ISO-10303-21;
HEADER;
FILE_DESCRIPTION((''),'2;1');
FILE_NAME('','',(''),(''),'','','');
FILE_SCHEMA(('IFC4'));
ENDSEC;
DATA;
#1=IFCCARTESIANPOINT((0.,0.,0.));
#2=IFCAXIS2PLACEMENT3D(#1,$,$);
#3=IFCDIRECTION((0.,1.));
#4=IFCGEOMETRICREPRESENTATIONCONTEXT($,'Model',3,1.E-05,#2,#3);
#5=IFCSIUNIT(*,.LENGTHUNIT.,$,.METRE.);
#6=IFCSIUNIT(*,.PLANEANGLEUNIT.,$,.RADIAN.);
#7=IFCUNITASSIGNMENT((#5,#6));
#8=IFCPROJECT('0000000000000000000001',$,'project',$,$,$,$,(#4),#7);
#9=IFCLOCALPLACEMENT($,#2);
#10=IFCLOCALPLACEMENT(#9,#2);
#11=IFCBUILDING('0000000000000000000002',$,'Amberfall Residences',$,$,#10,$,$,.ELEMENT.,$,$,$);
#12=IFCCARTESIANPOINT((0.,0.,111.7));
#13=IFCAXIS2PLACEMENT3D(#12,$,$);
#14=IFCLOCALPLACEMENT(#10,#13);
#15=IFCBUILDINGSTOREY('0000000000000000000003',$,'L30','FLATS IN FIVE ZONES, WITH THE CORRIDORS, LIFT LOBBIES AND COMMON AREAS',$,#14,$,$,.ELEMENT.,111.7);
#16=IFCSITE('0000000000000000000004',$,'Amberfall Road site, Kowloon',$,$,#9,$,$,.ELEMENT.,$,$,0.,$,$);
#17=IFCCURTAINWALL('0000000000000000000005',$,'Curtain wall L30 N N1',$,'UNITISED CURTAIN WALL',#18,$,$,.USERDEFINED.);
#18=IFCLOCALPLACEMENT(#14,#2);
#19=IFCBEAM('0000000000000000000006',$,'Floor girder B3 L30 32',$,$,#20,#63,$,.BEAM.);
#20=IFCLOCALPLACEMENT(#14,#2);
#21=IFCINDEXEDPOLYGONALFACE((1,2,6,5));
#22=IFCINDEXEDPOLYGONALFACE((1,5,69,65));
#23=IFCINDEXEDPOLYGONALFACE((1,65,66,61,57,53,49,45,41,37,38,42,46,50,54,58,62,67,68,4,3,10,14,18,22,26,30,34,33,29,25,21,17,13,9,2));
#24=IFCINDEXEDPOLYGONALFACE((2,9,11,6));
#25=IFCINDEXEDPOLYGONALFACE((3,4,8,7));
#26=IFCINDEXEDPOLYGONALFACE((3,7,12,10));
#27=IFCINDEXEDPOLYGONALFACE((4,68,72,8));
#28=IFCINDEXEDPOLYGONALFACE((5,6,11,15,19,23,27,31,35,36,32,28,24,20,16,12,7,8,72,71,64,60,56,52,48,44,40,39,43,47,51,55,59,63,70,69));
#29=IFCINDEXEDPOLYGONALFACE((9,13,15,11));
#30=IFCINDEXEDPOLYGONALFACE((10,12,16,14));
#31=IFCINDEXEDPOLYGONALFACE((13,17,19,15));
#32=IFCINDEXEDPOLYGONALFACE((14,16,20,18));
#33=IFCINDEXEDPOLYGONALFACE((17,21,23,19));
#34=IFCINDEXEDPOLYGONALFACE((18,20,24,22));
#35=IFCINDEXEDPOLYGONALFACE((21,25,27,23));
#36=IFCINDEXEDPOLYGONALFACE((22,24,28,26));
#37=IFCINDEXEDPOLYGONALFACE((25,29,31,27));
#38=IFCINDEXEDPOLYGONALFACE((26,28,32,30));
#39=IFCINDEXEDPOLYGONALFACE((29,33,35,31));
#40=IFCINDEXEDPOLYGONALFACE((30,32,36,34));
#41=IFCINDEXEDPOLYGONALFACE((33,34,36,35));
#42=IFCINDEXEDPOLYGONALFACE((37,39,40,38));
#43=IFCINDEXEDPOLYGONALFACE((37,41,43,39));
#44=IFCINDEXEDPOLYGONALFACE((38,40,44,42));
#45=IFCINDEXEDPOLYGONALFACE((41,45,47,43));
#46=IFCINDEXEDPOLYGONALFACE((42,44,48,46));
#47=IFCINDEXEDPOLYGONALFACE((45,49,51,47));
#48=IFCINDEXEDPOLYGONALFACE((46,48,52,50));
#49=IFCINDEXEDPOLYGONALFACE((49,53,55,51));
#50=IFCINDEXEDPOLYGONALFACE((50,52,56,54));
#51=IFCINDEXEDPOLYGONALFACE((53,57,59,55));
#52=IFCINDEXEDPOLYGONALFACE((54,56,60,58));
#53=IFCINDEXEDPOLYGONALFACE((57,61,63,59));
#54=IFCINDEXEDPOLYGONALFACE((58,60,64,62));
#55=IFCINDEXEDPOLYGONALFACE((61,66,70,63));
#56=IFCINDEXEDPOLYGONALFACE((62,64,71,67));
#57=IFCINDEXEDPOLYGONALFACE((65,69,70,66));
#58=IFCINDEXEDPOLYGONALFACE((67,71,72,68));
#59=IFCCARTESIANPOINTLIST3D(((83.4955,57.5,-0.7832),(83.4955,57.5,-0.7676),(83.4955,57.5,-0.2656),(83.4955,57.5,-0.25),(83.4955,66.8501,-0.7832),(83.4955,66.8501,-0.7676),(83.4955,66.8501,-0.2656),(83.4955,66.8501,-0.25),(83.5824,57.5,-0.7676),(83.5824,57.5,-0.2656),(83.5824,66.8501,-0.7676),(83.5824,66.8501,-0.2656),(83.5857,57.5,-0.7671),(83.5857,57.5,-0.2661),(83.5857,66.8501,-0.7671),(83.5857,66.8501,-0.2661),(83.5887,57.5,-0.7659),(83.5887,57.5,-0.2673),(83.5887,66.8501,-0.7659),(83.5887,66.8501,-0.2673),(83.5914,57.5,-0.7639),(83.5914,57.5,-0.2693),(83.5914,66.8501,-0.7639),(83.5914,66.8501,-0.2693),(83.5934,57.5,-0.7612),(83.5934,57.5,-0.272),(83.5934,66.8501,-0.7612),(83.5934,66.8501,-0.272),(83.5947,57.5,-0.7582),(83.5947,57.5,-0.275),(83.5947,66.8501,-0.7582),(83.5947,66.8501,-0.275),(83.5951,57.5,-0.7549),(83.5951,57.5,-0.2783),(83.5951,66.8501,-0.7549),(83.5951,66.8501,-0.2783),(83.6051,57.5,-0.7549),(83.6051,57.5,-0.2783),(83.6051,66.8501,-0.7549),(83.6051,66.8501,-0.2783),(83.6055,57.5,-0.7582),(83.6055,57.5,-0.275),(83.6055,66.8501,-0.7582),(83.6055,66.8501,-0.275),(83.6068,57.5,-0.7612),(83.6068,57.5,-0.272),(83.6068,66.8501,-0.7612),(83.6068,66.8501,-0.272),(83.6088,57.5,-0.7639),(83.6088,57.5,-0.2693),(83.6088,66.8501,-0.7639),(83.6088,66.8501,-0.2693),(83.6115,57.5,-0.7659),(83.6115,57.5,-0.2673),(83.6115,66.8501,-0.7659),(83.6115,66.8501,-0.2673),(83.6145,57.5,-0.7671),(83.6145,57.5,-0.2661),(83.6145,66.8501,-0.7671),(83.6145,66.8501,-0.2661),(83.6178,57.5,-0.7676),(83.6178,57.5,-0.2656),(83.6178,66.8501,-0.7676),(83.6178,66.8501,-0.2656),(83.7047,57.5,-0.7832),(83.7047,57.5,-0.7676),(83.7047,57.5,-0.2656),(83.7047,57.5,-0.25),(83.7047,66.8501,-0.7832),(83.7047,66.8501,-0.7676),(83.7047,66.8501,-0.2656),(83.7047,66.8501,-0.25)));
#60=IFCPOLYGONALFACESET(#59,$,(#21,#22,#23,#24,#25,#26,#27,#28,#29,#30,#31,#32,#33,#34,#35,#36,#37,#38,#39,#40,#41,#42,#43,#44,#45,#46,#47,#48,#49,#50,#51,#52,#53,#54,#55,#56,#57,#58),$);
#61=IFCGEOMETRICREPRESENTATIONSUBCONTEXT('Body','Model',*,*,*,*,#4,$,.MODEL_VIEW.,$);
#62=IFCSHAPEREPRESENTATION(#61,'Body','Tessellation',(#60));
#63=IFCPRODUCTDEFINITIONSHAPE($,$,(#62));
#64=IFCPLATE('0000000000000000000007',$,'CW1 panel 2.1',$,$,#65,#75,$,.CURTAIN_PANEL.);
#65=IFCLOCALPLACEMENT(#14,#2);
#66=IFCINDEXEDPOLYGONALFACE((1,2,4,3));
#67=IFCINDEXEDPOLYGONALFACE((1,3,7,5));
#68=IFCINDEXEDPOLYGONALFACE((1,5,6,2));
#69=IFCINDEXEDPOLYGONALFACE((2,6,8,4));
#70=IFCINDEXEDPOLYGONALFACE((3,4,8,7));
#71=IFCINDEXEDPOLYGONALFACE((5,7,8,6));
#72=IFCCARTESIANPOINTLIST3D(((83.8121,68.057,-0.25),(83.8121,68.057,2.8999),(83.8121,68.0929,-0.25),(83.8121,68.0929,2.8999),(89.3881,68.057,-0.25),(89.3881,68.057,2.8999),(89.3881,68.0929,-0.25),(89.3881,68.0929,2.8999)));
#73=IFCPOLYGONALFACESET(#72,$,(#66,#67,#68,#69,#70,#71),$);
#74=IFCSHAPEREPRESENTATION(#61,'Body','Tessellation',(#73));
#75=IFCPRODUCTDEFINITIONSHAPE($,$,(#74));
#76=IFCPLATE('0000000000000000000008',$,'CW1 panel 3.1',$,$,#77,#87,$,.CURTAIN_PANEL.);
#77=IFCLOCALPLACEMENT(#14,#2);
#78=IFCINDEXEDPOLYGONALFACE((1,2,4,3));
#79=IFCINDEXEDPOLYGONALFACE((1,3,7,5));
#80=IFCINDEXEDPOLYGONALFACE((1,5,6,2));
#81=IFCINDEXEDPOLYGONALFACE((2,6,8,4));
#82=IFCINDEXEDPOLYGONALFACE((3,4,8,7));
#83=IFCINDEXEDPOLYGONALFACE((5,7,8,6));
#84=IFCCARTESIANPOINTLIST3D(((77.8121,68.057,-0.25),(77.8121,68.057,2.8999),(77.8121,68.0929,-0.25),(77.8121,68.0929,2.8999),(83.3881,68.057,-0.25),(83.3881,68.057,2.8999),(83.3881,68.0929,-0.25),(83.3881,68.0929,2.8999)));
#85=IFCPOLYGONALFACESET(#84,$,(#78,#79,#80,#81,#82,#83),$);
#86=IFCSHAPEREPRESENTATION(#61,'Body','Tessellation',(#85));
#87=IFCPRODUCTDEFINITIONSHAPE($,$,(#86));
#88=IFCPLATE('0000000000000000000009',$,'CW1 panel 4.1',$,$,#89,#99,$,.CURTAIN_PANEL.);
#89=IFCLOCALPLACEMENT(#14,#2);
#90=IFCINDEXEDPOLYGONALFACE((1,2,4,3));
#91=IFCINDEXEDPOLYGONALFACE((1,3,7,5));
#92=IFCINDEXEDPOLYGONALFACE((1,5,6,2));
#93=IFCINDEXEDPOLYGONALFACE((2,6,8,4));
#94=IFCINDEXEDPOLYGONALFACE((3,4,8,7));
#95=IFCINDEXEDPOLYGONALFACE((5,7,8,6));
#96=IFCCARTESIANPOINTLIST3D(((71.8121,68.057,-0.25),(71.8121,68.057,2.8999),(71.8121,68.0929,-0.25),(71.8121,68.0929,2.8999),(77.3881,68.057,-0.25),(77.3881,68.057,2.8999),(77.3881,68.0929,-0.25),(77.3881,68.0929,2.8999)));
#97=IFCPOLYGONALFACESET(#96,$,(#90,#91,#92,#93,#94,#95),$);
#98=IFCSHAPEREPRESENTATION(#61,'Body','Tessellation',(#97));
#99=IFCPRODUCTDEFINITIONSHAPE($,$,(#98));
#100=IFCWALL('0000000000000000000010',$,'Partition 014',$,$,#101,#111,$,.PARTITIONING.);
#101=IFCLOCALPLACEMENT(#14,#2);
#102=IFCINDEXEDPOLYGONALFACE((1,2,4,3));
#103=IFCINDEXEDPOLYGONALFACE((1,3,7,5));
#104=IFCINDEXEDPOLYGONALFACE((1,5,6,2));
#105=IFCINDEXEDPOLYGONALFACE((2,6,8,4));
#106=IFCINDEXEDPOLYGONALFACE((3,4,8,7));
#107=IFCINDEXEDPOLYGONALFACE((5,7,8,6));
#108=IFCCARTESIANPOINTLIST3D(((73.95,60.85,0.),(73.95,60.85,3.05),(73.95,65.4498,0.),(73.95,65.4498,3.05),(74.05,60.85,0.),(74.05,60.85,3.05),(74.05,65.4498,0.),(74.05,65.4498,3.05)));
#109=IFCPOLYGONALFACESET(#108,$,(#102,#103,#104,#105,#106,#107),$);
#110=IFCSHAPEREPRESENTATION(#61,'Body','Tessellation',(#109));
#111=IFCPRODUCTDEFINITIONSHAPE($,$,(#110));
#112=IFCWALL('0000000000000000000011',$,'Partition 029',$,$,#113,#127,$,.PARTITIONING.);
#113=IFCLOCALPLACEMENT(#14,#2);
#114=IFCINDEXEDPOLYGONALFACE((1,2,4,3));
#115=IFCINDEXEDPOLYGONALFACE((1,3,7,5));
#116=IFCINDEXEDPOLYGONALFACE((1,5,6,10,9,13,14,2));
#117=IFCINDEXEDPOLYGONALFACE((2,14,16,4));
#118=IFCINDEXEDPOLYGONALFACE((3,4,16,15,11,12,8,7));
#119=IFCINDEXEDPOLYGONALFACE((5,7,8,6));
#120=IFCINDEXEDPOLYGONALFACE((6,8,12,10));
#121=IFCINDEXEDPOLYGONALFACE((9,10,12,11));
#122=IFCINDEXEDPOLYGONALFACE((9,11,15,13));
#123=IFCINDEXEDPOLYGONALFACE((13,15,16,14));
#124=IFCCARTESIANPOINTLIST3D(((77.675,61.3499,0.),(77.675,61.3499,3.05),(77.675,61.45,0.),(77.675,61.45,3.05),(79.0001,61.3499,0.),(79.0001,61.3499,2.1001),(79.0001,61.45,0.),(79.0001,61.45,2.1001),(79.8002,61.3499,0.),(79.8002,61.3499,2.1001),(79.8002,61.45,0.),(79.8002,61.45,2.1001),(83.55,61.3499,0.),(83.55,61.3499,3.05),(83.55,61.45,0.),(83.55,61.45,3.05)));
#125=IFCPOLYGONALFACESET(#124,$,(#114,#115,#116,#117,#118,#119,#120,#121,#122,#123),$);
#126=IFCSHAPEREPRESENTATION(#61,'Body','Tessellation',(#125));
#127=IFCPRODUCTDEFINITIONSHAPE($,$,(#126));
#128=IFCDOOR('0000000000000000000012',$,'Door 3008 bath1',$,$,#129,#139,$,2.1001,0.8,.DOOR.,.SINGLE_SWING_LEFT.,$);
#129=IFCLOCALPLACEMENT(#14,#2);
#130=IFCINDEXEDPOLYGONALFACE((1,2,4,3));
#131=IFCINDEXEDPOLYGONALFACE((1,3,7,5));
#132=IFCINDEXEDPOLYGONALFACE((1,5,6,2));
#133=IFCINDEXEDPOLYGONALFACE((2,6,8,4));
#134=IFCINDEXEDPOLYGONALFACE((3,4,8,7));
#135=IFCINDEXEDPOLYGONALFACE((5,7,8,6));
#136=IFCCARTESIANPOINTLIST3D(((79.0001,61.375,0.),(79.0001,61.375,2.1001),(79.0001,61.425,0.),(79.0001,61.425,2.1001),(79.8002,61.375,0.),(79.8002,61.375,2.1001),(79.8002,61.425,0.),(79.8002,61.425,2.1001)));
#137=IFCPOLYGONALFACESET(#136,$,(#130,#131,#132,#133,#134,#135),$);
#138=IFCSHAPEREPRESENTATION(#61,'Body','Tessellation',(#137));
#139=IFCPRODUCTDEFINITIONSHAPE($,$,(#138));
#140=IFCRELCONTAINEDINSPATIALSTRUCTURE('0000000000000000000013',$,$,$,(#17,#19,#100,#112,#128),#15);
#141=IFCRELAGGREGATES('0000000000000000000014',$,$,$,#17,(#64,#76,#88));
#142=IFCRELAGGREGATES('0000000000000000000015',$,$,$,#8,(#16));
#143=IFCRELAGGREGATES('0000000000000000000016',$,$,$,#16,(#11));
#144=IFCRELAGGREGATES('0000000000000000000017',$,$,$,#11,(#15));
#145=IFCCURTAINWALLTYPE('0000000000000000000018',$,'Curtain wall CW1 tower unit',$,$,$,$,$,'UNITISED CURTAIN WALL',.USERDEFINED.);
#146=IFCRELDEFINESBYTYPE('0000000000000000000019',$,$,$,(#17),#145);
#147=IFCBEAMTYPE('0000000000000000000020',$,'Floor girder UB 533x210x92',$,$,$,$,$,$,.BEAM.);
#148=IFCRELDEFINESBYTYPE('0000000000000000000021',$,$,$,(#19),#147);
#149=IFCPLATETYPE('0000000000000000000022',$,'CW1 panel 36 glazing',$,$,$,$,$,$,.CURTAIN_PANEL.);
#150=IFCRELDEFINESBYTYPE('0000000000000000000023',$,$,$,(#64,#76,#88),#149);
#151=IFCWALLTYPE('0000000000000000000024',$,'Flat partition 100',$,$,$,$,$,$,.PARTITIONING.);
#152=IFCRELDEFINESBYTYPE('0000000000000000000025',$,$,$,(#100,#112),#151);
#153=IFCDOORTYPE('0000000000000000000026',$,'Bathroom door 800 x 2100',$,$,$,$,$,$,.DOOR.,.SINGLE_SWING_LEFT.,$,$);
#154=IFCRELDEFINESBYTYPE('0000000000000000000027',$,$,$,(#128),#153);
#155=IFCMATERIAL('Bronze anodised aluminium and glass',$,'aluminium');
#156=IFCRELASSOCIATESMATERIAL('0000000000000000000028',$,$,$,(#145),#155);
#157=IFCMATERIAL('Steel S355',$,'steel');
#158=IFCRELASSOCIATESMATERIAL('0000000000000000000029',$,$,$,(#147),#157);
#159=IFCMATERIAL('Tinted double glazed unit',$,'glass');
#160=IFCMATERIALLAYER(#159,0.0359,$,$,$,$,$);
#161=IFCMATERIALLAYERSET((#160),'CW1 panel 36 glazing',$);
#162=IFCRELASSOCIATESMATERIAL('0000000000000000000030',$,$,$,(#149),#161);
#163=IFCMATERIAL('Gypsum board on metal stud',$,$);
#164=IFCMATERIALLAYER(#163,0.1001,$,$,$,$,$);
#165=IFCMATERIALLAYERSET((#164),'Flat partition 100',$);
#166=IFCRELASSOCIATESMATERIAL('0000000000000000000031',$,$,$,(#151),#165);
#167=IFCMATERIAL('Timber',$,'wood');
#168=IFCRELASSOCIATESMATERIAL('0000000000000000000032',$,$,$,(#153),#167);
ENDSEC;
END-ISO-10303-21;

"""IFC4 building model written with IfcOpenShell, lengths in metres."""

from ifc_helpers import new_model, si_unit, direction, frame, frame_2d, origin, origin_2d, place, context, subcontext, project, spatial, rectangle, i_section, extrude, material, layer, layer_set, material_profile, profile_set, type_object, element, fill, aggregate, save


model = new_model("IFC4")

# Units and contexts
model_context = context("Model", 3, precision=1e-05, world=origin(), true_north=direction((0.0, 1.0)))
body_context = subcontext(model_context, "Body", "Model", "MODEL_VIEW")
ifc_project = project(units=[si_unit("LENGTHUNIT", "METRE"), si_unit("PLANEANGLEUNIT", "RADIAN")], contexts=[model_context])

# Site, building, storey
site_placement = place(None, origin())
site = spatial("IfcSite", under=ifc_project, at=site_placement, Name="Amberfall Road site, Kowloon", CompositionType="ELEMENT", RefElevation=0.0)
building_placement = place(site_placement, origin())
building = spatial("IfcBuilding", under=site, at=building_placement, Name="Amberfall Residences", CompositionType="ELEMENT")
storey_placement = place(building_placement, frame((0.0, 0.0, 111.7)))
storey = spatial("IfcBuildingStorey", under=building, at=storey_placement, Name="L30", Description="FLATS IN FIVE ZONES, WITH THE CORRIDORS, LIFT LOBBIES AND COMMON AREAS", CompositionType="ELEMENT", Elevation=111.7)

# Curtain wall
ifc_material_1 = material(Name="Bronze anodised aluminium and glass", Category="aluminium")
curtain_wall_type = type_object("IfcCurtainWallType", Name="Curtain wall CW1 tower unit", ElementType="UNITISED CURTAIN WALL", PredefinedType="USERDEFINED", material=ifc_material_1)
curtain_wall_placement = place(storey_placement, origin())
curtain_wall = element("IfcCurtainWall", 1, at=curtain_wall_placement, inside=storey, type_object=curtain_wall_type, Name="Curtain wall L30 N N1", ObjectType="UNITISED CURTAIN WALL", PredefinedType="USERDEFINED")

# Shared definitions
ifc_material_2 = material(Name="Steel S355", Category="steel")

# Beam
ifc_material_profile_1 = material_profile(ifc_material_2, i_section(OverallWidth=0.2092, OverallDepth=0.5332, WebThickness=0.01, FlangeThickness=0.0156, FilletRadius=0.0127, at=origin_2d()), Name="UB 533x210x92")
ifc_profile_set_1 = profile_set([ifc_material_profile_1], Name="Steel S355")
beam_type_1 = type_object("IfcBeamType", Name="Floor girder UB 533x210x92", PredefinedType="BEAM", material=ifc_profile_set_1)
for number, where, z_axis, x_axis, name in (
    (2, (83.6001, 66.8501, -0.5166), (0.0, -1.0, 0.0), (1.0, 0.0, 0.0), "Floor girder B3 L30 32"),
):
    element("IfcBeam", number, at=place(storey_placement, frame(where, z_axis=z_axis, x_axis=x_axis)), inside=storey, type_object=beam_type_1, Name=name, PredefinedType="BEAM", context=body_context, shape_type="SweptSolid", body=[
        extrude(i_section(OverallWidth=0.2092, OverallDepth=0.5332, WebThickness=0.01, FlangeThickness=0.0156, FilletRadius=0.0127, at=origin_2d()), origin(), (0.0, 0.0, 1.0), 9.3501),
    ])

# Plates
ifc_material_3 = material(Name="Tinted double glazed unit", Category="glass")
ifc_layer_1 = layer(ifc_material_3, 0.0359)
ifc_layer_set_1 = layer_set([ifc_layer_1], Name="CW1 panel 36 glazing")
plate_type = type_object("IfcPlateType", Name="CW1 panel 36 glazing", PredefinedType="CURTAIN_PANEL", material=ifc_layer_set_1)
plate_1_placement = place(storey_placement, frame((86.6001, 68.075, -0.25), z_axis=(0.0, 0.0, 1.0), x_axis=(-1.0, 0.0, 0.0)))
plate_1 = element("IfcPlate", 3, at=plate_1_placement, type_object=plate_type, Name="CW1 panel 2.1", PredefinedType="CURTAIN_PANEL", context=body_context, shape_type="SweptSolid", body=[
    extrude(rectangle(XDim=5.5759, YDim=0.0359, at=origin_2d()), origin(), (0.0, 0.0, 1.0), 3.1499),
])
plate_2_placement = place(storey_placement, frame((80.6001, 68.075, -0.25), z_axis=(0.0, 0.0, 1.0), x_axis=(-1.0, 0.0, 0.0)))
plate_2 = element("IfcPlate", 4, at=plate_2_placement, type_object=plate_type, Name="CW1 panel 3.1", PredefinedType="CURTAIN_PANEL", context=body_context, shape_type="SweptSolid", body=[
    extrude(rectangle(XDim=5.5759, YDim=0.0359, at=origin_2d()), origin(), (0.0, 0.0, 1.0), 3.1499),
])
plate_3_placement = place(storey_placement, frame((74.6001, 68.075, -0.25), z_axis=(0.0, 0.0, 1.0), x_axis=(-1.0, 0.0, 0.0)))
plate_3 = element("IfcPlate", 5, at=plate_3_placement, type_object=plate_type, Name="CW1 panel 4.1", PredefinedType="CURTAIN_PANEL", context=body_context, shape_type="SweptSolid", body=[
    extrude(rectangle(XDim=5.5759, YDim=0.0359, at=origin_2d()), origin(), (0.0, 0.0, 1.0), 3.1499),
])
aggregate(curtain_wall, [plate_1, plate_2, plate_3])

# Wall
ifc_material_4 = material(Name="Gypsum board on metal stud")
ifc_layer_2 = layer(ifc_material_4, 0.1001)
ifc_layer_set_2 = layer_set([ifc_layer_2], Name="Flat partition 100")
wall_type_1 = type_object("IfcWallType", Name="Flat partition 100", PredefinedType="PARTITIONING", material=ifc_layer_set_2)
wall_1_placement = place(storey_placement, frame((74.0, 60.8501, 0.0), z_axis=(0.0, 0.0, 1.0), x_axis=(0.0, 1.0, 0.0)))
element("IfcWall", 6, at=wall_1_placement, inside=storey, type_object=wall_type_1, Name="Partition 014", PredefinedType="PARTITIONING", context=body_context, shape_type="SweptSolid", body=[
    extrude(rectangle(XDim=4.5999, YDim=0.1001, at=frame_2d((2.2998, 0.0))), origin(), (0.0, 0.0, 1.0), 3.05),
])

# Wall, opening, door
wall_2_placement = place(storey_placement, frame((83.55, 61.3999, 0.0), z_axis=(0.0, 0.0, 1.0), x_axis=(-1.0, 0.0, 0.0)))
wall_2 = element("IfcWall", 7, at=wall_2_placement, inside=storey, type_object=wall_type_1, Name="Partition 029", PredefinedType="PARTITIONING", context=body_context, shape_type="SweptSolid", body=[
    extrude(rectangle(XDim=5.875, YDim=0.1001, at=frame_2d((2.9375, 0.0))), origin(), (0.0, 0.0, 1.0), 3.05),
])
opening_1_placement = place(wall_2_placement, frame((3.75, 0.0, 0.0)))
opening_1 = element("IfcOpeningElement", 8, at=opening_1_placement, cuts=wall_2, PredefinedType="OPENING", context=body_context, shape_type="SweptSolid", body=[
    extrude(rectangle(XDim=0.8, YDim=2.1001, at=frame_2d((0.3999, 1.05))), frame((0.0, 0.0601, 0.0), z_axis=(0.0, -1.0, 0.0), x_axis=(1.0, 0.0, 0.0)), (0.0, 0.0, 1.0), 0.1201),
])
ifc_material_5 = material(Name="Timber", Category="wood")
door_type_1 = type_object("IfcDoorType", Name="Bathroom door 800 x 2100", OperationType="SINGLE_SWING_LEFT", PredefinedType="DOOR", material=ifc_material_5)
door_1_placement = place(opening_1_placement, origin())
door_1 = element("IfcDoor", 9, at=door_1_placement, inside=storey, type_object=door_type_1, Name="Door 3008 bath1", OperationType="SINGLE_SWING_LEFT", OverallHeight=2.1001, OverallWidth=0.8, PredefinedType="DOOR", context=body_context, shape_type="SweptSolid", body=[
    extrude(rectangle(XDim=0.8, YDim=2.1001, at=frame_2d((0.3999, 1.05))), frame((0.0, 0.0249, 0.0), z_axis=(0.0, -1.0, 0.0), x_axis=(1.0, 0.0, 0.0)), (0.0, 0.0, 1.0), 0.05),
])
fill(opening_1, door_1)

save(model, "model.ifc")
